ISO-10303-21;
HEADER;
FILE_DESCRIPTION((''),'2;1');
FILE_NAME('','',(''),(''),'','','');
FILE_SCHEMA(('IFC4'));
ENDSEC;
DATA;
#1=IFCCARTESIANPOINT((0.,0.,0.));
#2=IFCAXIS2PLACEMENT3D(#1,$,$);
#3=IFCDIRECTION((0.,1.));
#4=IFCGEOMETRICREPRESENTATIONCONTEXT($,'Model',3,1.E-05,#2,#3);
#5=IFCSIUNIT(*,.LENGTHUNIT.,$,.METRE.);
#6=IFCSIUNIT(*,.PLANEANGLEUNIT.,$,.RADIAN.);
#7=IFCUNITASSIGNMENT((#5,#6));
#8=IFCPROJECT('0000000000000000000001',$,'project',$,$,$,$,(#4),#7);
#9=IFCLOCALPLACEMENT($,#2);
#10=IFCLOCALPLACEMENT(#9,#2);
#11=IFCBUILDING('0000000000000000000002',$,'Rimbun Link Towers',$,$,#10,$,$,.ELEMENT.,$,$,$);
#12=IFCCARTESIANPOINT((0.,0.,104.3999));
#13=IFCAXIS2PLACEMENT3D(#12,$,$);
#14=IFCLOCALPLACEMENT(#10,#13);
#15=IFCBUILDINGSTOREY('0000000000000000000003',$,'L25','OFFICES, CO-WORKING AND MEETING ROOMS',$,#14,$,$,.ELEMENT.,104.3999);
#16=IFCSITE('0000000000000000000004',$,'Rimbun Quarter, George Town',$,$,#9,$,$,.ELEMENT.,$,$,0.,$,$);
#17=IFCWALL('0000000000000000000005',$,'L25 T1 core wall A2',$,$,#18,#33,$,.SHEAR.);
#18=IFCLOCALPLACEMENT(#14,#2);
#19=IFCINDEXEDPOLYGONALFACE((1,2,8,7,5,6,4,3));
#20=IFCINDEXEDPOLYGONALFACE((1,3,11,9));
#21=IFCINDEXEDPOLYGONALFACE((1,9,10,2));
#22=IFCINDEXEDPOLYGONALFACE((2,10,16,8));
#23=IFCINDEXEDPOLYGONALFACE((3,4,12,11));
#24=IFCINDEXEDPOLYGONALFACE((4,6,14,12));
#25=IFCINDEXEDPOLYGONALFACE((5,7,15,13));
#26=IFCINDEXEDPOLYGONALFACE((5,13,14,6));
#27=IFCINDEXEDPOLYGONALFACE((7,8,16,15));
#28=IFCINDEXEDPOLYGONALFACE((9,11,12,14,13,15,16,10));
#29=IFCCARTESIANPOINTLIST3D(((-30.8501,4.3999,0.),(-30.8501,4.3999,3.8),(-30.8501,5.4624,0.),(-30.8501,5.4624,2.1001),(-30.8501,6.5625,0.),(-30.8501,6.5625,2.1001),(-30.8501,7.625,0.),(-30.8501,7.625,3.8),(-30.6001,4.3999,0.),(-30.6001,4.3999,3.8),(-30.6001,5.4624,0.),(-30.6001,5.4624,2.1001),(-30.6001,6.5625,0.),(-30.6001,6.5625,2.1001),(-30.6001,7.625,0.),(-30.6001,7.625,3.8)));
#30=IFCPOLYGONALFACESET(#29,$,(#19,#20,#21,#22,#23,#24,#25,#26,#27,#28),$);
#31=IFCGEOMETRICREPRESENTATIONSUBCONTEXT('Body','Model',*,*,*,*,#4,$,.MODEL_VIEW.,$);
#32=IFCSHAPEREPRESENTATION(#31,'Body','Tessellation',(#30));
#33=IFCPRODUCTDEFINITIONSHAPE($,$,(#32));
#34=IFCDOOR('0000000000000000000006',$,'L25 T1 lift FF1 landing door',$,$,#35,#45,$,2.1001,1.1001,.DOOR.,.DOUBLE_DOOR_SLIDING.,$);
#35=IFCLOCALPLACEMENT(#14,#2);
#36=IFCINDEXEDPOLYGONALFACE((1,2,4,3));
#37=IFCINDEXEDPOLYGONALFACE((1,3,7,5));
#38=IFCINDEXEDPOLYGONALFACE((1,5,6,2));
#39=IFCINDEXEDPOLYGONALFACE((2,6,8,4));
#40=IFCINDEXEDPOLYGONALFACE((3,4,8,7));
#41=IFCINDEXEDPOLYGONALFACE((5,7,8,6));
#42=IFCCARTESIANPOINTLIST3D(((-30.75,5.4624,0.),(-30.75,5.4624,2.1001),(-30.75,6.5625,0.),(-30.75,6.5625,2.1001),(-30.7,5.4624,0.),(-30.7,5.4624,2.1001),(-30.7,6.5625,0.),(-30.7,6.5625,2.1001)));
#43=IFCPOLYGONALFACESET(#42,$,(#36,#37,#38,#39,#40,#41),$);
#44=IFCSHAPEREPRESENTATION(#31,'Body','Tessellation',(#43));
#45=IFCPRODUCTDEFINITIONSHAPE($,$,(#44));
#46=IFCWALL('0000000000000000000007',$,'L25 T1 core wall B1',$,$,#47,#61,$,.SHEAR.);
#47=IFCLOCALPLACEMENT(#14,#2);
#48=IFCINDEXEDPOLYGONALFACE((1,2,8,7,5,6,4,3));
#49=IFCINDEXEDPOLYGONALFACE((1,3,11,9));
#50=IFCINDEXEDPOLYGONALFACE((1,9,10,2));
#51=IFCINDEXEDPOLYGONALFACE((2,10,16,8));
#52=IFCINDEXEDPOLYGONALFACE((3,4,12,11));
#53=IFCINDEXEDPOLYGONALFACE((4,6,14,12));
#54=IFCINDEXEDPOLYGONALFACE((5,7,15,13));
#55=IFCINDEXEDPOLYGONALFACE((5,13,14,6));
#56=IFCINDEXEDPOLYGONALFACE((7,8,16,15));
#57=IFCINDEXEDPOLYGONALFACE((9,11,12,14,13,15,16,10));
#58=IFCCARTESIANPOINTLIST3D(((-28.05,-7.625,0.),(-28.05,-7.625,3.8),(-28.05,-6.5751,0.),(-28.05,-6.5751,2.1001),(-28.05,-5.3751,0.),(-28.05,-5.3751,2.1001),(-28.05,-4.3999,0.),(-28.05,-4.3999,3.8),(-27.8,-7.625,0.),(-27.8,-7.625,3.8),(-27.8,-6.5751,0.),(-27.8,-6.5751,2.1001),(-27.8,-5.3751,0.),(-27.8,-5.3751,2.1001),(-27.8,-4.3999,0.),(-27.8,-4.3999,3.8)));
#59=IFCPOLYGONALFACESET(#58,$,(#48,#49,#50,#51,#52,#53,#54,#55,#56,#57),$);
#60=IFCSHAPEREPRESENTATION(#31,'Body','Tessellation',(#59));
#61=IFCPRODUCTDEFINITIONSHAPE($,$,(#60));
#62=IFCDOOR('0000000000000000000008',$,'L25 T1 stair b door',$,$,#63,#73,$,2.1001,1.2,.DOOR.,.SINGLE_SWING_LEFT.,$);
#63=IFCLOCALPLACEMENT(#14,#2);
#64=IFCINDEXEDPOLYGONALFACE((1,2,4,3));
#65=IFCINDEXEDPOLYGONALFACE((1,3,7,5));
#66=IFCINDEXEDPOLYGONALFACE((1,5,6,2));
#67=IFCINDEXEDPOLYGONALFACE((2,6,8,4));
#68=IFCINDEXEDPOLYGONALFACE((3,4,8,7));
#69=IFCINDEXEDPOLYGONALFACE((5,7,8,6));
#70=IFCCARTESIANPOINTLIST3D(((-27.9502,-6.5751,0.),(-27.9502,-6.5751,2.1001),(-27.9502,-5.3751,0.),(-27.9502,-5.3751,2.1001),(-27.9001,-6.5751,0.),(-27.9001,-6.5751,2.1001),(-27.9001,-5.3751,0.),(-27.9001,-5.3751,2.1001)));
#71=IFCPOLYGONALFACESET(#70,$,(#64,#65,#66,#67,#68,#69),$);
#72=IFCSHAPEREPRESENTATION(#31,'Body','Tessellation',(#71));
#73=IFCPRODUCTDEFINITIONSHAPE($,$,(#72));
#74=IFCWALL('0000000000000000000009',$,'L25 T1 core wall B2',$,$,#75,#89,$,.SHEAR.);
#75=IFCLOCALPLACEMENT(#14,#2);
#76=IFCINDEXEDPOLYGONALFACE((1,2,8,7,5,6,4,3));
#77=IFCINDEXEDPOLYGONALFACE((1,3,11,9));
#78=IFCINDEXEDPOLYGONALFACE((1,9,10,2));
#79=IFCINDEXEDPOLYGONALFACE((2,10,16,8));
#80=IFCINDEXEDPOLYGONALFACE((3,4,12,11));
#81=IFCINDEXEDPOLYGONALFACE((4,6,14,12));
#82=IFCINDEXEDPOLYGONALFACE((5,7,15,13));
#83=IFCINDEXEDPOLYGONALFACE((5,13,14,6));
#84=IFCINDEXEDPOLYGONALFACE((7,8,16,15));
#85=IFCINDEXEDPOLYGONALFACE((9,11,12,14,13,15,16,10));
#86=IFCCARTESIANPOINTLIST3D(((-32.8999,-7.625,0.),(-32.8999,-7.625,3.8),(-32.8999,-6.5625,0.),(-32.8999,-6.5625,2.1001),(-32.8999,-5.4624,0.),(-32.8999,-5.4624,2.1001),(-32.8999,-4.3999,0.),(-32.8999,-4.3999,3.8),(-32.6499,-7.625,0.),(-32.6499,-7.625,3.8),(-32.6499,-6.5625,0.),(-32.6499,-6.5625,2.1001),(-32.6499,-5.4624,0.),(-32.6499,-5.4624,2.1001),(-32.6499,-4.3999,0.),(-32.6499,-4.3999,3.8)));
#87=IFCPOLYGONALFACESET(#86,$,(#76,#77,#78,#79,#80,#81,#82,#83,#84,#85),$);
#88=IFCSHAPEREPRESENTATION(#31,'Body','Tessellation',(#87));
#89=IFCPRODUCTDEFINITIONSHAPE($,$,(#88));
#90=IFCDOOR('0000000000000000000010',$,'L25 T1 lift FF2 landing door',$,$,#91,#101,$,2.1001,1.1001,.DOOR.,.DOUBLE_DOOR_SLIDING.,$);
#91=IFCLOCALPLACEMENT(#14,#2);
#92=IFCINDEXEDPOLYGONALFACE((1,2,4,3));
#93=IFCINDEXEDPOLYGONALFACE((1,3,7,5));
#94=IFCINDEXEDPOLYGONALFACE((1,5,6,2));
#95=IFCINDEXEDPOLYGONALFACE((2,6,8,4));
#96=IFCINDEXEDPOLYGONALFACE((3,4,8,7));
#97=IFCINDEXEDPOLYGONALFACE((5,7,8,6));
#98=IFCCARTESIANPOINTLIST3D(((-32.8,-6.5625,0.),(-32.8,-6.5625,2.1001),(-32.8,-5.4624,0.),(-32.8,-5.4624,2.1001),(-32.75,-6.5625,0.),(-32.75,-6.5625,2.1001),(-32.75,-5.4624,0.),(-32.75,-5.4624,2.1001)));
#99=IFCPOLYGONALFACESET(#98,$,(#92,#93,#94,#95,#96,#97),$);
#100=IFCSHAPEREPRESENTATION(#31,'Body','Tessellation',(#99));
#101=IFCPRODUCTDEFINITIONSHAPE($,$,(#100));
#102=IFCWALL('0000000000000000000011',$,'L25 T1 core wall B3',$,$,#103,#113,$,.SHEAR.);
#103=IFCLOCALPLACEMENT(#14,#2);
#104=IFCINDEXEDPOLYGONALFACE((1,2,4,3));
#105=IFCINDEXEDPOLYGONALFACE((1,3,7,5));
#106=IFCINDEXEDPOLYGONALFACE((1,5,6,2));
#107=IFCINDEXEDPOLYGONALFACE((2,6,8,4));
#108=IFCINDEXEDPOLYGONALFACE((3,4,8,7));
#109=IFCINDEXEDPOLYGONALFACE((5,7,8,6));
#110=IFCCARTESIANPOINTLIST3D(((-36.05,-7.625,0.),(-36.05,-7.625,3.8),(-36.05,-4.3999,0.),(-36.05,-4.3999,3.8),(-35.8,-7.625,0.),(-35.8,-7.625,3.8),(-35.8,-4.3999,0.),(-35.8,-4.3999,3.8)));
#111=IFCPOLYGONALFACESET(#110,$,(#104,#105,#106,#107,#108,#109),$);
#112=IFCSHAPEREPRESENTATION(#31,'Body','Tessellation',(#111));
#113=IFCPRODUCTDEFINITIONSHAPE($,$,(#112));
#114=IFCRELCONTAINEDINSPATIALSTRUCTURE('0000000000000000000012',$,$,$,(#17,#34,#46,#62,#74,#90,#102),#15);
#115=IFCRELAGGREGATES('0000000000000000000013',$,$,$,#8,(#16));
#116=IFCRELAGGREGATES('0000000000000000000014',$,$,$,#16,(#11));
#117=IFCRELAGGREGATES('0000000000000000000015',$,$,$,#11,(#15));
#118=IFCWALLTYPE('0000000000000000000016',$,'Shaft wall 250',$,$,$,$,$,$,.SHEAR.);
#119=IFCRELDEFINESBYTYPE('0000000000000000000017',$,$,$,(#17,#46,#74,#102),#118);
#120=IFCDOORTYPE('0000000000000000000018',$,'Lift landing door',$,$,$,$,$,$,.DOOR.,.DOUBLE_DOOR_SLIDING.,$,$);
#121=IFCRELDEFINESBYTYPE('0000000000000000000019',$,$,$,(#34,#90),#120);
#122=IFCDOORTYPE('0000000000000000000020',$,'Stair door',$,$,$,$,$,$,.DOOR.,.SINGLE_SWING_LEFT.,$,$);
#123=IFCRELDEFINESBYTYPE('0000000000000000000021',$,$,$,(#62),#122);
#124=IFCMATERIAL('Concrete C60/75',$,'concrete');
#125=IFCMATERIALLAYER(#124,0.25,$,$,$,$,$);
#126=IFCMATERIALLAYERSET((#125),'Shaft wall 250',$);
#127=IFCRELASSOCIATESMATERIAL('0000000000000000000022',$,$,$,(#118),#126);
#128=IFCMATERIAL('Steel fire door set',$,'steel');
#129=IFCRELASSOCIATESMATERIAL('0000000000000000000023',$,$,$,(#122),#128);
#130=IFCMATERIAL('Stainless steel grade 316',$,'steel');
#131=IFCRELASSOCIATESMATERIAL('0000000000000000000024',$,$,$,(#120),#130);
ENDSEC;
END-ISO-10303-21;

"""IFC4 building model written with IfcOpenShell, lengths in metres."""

from ifc_helpers import new_model, si_unit, direction, frame, frame_2d, origin, place, context, subcontext, project, spatial, rectangle, extrude, material, layer, layer_set, type_object, element, fill, save


model = new_model("IFC4")

# Units and contexts
model_context = context("Model", 3, precision=1e-05, world=origin(), true_north=direction((0.0, 1.0)))
body_context = subcontext(model_context, "Body", "Model", "MODEL_VIEW")
ifc_project = project(units=[si_unit("LENGTHUNIT", "METRE"), si_unit("PLANEANGLEUNIT", "RADIAN")], contexts=[model_context])

# Site, building, storey
site_placement = place(None, origin())
site = spatial("IfcSite", under=ifc_project, at=site_placement, Name="Rimbun Quarter, George Town", CompositionType="ELEMENT", RefElevation=0.0)
building_placement = place(site_placement, origin())
building = spatial("IfcBuilding", under=site, at=building_placement, Name="Rimbun Link Towers", CompositionType="ELEMENT")
storey_placement = place(building_placement, frame((0.0, 0.0, 104.3999)))
storey = spatial("IfcBuildingStorey", under=building, at=storey_placement, Name="L25", Description="OFFICES, CO-WORKING AND MEETING ROOMS", CompositionType="ELEMENT", Elevation=104.3999)

# Shared definitions
ifc_material_1 = material(Name="Concrete C60/75", Category="concrete")
ifc_layer_1 = layer(ifc_material_1, 0.25)
ifc_layer_set_1 = layer_set([ifc_layer_1], Name="Shaft wall 250")
wall_type_1 = type_object("IfcWallType", Name="Shaft wall 250", PredefinedType="SHEAR", material=ifc_layer_set_1)

# Walls, openings, doors
ifc_material_2 = material(Name="Steel fire door set", Category="steel")
door_type_1 = type_object("IfcDoorType", Name="Stair door", OperationType="SINGLE_SWING_LEFT", PredefinedType="DOOR", material=ifc_material_2)
wall_1_placement = place(storey_placement, frame((-30.7251, 4.3999, 0.0), z_axis=(0.0, 0.0, 1.0), x_axis=(0.0, 1.0, 0.0)))
wall_1 = element("IfcWall", 1, at=wall_1_placement, inside=storey, type_object=wall_type_1, Name="L25 T1 core wall A2", PredefinedType="SHEAR", context=body_context, shape_type="SweptSolid", body=[
    extrude(rectangle(XDim=3.2251, YDim=0.25, at=frame_2d((1.6125, 0.0))), origin(), (0.0, 0.0, 1.0), 3.8),
])
opening_1_placement = place(wall_1_placement, frame((1.0625, 0.0, 0.0)))
opening_1 = element("IfcOpeningElement", 2, at=opening_1_placement, cuts=wall_1, PredefinedType="OPENING", context=body_context, shape_type="SweptSolid", body=[
    extrude(rectangle(XDim=1.1001, YDim=2.1001, at=frame_2d((0.55, 1.05))), frame((0.0, 0.135, 0.0), z_axis=(0.0, -1.0, 0.0), x_axis=(1.0, 0.0, 0.0)), (0.0, 0.0, 1.0), 0.27),
])
ifc_material_3 = material(Name="Stainless steel grade 316", Category="steel")
door_type_2 = type_object("IfcDoorType", Name="Lift landing door", OperationType="DOUBLE_DOOR_SLIDING", PredefinedType="DOOR", material=ifc_material_3)
door_1_placement = place(opening_1_placement, origin())
door_1 = element("IfcDoor", 3, at=door_1_placement, inside=storey, type_object=door_type_2, Name="L25 T1 lift FF1 landing door", OperationType="DOUBLE_DOOR_SLIDING", OverallHeight=2.1001, OverallWidth=1.1001, PredefinedType="DOOR", context=body_context, shape_type="SweptSolid", body=[
    extrude(rectangle(XDim=1.1001, YDim=2.1001, at=frame_2d((0.55, 1.05))), frame((0.0, 0.0249, 0.0), z_axis=(0.0, -1.0, 0.0), x_axis=(1.0, 0.0, 0.0)), (0.0, 0.0, 1.0), 0.05),
])
fill(opening_1, door_1)
wall_2_placement = place(storey_placement, frame((-27.925, -4.3999, 0.0), z_axis=(0.0, 0.0, 1.0), x_axis=(0.0, -1.0, 0.0)))
wall_2 = element("IfcWall", 4, at=wall_2_placement, inside=storey, type_object=wall_type_1, Name="L25 T1 core wall B1", PredefinedType="SHEAR", context=body_context, shape_type="SweptSolid", body=[
    extrude(rectangle(XDim=3.2251, YDim=0.25, at=frame_2d((1.6125, 0.0))), origin(), (0.0, 0.0, 1.0), 3.8),
])
opening_2_placement = place(wall_2_placement, frame((0.9751, 0.0, 0.0)))
opening_2 = element("IfcOpeningElement", 5, at=opening_2_placement, cuts=wall_2, PredefinedType="OPENING", context=body_context, shape_type="SweptSolid", body=[
    extrude(rectangle(XDim=1.2, YDim=2.1001, at=frame_2d((0.6001, 1.05))), frame((0.0, 0.135, 0.0), z_axis=(0.0, -1.0, 0.0), x_axis=(1.0, 0.0, 0.0)), (0.0, 0.0, 1.0), 0.27),
])
door_2_placement = place(opening_2_placement, origin())
door_2 = element("IfcDoor", 6, at=door_2_placement, inside=storey, type_object=door_type_1, Name="L25 T1 stair b door", OperationType="SINGLE_SWING_LEFT", OverallHeight=2.1001, OverallWidth=1.2, PredefinedType="DOOR", context=body_context, shape_type="SweptSolid", body=[
    extrude(rectangle(XDim=1.2, YDim=2.1001, at=frame_2d((0.6001, 1.05))), frame((0.0, 0.0249, 0.0), z_axis=(0.0, -1.0, 0.0), x_axis=(1.0, 0.0, 0.0)), (0.0, 0.0, 1.0), 0.05),
])
fill(opening_2, door_2)
wall_3_placement = place(storey_placement, frame((-32.7749, -4.3999, 0.0), z_axis=(0.0, 0.0, 1.0), x_axis=(0.0, -1.0, 0.0)))
wall_3 = element("IfcWall", 7, at=wall_3_placement, inside=storey, type_object=wall_type_1, Name="L25 T1 core wall B2", PredefinedType="SHEAR", context=body_context, shape_type="SweptSolid", body=[
    extrude(rectangle(XDim=3.2251, YDim=0.25, at=frame_2d((1.6125, 0.0))), origin(), (0.0, 0.0, 1.0), 3.8),
])
opening_3_placement = place(wall_3_placement, frame((1.0625, 0.0, 0.0)))
opening_3 = element("IfcOpeningElement", 8, at=opening_3_placement, cuts=wall_3, PredefinedType="OPENING", context=body_context, shape_type="SweptSolid", body=[
    extrude(rectangle(XDim=1.1001, YDim=2.1001, at=frame_2d((0.55, 1.05))), frame((0.0, 0.135, 0.0), z_axis=(0.0, -1.0, 0.0), x_axis=(1.0, 0.0, 0.0)), (0.0, 0.0, 1.0), 0.27),
])
door_3_placement = place(opening_3_placement, origin())
door_3 = element("IfcDoor", 9, at=door_3_placement, inside=storey, type_object=door_type_2, Name="L25 T1 lift FF2 landing door", OperationType="DOUBLE_DOOR_SLIDING", OverallHeight=2.1001, OverallWidth=1.1001, PredefinedType="DOOR", context=body_context, shape_type="SweptSolid", body=[
    extrude(rectangle(XDim=1.1001, YDim=2.1001, at=frame_2d((0.55, 1.05))), frame((0.0, 0.0249, 0.0), z_axis=(0.0, -1.0, 0.0), x_axis=(1.0, 0.0, 0.0)), (0.0, 0.0, 1.0), 0.05),
])
fill(opening_3, door_3)

# Wall
wall_4_placement = place(storey_placement, frame((-35.925, -4.3999, 0.0), z_axis=(0.0, 0.0, 1.0), x_axis=(0.0, -1.0, 0.0)))
element("IfcWall", 10, at=wall_4_placement, inside=storey, type_object=wall_type_1, Name="L25 T1 core wall B3", PredefinedType="SHEAR", context=body_context, shape_type="SweptSolid", body=[
    extrude(rectangle(XDim=3.2251, YDim=0.25, at=frame_2d((1.6125, 0.0))), origin(), (0.0, 0.0, 1.0), 3.8),
])

save(model, "model.ifc")
